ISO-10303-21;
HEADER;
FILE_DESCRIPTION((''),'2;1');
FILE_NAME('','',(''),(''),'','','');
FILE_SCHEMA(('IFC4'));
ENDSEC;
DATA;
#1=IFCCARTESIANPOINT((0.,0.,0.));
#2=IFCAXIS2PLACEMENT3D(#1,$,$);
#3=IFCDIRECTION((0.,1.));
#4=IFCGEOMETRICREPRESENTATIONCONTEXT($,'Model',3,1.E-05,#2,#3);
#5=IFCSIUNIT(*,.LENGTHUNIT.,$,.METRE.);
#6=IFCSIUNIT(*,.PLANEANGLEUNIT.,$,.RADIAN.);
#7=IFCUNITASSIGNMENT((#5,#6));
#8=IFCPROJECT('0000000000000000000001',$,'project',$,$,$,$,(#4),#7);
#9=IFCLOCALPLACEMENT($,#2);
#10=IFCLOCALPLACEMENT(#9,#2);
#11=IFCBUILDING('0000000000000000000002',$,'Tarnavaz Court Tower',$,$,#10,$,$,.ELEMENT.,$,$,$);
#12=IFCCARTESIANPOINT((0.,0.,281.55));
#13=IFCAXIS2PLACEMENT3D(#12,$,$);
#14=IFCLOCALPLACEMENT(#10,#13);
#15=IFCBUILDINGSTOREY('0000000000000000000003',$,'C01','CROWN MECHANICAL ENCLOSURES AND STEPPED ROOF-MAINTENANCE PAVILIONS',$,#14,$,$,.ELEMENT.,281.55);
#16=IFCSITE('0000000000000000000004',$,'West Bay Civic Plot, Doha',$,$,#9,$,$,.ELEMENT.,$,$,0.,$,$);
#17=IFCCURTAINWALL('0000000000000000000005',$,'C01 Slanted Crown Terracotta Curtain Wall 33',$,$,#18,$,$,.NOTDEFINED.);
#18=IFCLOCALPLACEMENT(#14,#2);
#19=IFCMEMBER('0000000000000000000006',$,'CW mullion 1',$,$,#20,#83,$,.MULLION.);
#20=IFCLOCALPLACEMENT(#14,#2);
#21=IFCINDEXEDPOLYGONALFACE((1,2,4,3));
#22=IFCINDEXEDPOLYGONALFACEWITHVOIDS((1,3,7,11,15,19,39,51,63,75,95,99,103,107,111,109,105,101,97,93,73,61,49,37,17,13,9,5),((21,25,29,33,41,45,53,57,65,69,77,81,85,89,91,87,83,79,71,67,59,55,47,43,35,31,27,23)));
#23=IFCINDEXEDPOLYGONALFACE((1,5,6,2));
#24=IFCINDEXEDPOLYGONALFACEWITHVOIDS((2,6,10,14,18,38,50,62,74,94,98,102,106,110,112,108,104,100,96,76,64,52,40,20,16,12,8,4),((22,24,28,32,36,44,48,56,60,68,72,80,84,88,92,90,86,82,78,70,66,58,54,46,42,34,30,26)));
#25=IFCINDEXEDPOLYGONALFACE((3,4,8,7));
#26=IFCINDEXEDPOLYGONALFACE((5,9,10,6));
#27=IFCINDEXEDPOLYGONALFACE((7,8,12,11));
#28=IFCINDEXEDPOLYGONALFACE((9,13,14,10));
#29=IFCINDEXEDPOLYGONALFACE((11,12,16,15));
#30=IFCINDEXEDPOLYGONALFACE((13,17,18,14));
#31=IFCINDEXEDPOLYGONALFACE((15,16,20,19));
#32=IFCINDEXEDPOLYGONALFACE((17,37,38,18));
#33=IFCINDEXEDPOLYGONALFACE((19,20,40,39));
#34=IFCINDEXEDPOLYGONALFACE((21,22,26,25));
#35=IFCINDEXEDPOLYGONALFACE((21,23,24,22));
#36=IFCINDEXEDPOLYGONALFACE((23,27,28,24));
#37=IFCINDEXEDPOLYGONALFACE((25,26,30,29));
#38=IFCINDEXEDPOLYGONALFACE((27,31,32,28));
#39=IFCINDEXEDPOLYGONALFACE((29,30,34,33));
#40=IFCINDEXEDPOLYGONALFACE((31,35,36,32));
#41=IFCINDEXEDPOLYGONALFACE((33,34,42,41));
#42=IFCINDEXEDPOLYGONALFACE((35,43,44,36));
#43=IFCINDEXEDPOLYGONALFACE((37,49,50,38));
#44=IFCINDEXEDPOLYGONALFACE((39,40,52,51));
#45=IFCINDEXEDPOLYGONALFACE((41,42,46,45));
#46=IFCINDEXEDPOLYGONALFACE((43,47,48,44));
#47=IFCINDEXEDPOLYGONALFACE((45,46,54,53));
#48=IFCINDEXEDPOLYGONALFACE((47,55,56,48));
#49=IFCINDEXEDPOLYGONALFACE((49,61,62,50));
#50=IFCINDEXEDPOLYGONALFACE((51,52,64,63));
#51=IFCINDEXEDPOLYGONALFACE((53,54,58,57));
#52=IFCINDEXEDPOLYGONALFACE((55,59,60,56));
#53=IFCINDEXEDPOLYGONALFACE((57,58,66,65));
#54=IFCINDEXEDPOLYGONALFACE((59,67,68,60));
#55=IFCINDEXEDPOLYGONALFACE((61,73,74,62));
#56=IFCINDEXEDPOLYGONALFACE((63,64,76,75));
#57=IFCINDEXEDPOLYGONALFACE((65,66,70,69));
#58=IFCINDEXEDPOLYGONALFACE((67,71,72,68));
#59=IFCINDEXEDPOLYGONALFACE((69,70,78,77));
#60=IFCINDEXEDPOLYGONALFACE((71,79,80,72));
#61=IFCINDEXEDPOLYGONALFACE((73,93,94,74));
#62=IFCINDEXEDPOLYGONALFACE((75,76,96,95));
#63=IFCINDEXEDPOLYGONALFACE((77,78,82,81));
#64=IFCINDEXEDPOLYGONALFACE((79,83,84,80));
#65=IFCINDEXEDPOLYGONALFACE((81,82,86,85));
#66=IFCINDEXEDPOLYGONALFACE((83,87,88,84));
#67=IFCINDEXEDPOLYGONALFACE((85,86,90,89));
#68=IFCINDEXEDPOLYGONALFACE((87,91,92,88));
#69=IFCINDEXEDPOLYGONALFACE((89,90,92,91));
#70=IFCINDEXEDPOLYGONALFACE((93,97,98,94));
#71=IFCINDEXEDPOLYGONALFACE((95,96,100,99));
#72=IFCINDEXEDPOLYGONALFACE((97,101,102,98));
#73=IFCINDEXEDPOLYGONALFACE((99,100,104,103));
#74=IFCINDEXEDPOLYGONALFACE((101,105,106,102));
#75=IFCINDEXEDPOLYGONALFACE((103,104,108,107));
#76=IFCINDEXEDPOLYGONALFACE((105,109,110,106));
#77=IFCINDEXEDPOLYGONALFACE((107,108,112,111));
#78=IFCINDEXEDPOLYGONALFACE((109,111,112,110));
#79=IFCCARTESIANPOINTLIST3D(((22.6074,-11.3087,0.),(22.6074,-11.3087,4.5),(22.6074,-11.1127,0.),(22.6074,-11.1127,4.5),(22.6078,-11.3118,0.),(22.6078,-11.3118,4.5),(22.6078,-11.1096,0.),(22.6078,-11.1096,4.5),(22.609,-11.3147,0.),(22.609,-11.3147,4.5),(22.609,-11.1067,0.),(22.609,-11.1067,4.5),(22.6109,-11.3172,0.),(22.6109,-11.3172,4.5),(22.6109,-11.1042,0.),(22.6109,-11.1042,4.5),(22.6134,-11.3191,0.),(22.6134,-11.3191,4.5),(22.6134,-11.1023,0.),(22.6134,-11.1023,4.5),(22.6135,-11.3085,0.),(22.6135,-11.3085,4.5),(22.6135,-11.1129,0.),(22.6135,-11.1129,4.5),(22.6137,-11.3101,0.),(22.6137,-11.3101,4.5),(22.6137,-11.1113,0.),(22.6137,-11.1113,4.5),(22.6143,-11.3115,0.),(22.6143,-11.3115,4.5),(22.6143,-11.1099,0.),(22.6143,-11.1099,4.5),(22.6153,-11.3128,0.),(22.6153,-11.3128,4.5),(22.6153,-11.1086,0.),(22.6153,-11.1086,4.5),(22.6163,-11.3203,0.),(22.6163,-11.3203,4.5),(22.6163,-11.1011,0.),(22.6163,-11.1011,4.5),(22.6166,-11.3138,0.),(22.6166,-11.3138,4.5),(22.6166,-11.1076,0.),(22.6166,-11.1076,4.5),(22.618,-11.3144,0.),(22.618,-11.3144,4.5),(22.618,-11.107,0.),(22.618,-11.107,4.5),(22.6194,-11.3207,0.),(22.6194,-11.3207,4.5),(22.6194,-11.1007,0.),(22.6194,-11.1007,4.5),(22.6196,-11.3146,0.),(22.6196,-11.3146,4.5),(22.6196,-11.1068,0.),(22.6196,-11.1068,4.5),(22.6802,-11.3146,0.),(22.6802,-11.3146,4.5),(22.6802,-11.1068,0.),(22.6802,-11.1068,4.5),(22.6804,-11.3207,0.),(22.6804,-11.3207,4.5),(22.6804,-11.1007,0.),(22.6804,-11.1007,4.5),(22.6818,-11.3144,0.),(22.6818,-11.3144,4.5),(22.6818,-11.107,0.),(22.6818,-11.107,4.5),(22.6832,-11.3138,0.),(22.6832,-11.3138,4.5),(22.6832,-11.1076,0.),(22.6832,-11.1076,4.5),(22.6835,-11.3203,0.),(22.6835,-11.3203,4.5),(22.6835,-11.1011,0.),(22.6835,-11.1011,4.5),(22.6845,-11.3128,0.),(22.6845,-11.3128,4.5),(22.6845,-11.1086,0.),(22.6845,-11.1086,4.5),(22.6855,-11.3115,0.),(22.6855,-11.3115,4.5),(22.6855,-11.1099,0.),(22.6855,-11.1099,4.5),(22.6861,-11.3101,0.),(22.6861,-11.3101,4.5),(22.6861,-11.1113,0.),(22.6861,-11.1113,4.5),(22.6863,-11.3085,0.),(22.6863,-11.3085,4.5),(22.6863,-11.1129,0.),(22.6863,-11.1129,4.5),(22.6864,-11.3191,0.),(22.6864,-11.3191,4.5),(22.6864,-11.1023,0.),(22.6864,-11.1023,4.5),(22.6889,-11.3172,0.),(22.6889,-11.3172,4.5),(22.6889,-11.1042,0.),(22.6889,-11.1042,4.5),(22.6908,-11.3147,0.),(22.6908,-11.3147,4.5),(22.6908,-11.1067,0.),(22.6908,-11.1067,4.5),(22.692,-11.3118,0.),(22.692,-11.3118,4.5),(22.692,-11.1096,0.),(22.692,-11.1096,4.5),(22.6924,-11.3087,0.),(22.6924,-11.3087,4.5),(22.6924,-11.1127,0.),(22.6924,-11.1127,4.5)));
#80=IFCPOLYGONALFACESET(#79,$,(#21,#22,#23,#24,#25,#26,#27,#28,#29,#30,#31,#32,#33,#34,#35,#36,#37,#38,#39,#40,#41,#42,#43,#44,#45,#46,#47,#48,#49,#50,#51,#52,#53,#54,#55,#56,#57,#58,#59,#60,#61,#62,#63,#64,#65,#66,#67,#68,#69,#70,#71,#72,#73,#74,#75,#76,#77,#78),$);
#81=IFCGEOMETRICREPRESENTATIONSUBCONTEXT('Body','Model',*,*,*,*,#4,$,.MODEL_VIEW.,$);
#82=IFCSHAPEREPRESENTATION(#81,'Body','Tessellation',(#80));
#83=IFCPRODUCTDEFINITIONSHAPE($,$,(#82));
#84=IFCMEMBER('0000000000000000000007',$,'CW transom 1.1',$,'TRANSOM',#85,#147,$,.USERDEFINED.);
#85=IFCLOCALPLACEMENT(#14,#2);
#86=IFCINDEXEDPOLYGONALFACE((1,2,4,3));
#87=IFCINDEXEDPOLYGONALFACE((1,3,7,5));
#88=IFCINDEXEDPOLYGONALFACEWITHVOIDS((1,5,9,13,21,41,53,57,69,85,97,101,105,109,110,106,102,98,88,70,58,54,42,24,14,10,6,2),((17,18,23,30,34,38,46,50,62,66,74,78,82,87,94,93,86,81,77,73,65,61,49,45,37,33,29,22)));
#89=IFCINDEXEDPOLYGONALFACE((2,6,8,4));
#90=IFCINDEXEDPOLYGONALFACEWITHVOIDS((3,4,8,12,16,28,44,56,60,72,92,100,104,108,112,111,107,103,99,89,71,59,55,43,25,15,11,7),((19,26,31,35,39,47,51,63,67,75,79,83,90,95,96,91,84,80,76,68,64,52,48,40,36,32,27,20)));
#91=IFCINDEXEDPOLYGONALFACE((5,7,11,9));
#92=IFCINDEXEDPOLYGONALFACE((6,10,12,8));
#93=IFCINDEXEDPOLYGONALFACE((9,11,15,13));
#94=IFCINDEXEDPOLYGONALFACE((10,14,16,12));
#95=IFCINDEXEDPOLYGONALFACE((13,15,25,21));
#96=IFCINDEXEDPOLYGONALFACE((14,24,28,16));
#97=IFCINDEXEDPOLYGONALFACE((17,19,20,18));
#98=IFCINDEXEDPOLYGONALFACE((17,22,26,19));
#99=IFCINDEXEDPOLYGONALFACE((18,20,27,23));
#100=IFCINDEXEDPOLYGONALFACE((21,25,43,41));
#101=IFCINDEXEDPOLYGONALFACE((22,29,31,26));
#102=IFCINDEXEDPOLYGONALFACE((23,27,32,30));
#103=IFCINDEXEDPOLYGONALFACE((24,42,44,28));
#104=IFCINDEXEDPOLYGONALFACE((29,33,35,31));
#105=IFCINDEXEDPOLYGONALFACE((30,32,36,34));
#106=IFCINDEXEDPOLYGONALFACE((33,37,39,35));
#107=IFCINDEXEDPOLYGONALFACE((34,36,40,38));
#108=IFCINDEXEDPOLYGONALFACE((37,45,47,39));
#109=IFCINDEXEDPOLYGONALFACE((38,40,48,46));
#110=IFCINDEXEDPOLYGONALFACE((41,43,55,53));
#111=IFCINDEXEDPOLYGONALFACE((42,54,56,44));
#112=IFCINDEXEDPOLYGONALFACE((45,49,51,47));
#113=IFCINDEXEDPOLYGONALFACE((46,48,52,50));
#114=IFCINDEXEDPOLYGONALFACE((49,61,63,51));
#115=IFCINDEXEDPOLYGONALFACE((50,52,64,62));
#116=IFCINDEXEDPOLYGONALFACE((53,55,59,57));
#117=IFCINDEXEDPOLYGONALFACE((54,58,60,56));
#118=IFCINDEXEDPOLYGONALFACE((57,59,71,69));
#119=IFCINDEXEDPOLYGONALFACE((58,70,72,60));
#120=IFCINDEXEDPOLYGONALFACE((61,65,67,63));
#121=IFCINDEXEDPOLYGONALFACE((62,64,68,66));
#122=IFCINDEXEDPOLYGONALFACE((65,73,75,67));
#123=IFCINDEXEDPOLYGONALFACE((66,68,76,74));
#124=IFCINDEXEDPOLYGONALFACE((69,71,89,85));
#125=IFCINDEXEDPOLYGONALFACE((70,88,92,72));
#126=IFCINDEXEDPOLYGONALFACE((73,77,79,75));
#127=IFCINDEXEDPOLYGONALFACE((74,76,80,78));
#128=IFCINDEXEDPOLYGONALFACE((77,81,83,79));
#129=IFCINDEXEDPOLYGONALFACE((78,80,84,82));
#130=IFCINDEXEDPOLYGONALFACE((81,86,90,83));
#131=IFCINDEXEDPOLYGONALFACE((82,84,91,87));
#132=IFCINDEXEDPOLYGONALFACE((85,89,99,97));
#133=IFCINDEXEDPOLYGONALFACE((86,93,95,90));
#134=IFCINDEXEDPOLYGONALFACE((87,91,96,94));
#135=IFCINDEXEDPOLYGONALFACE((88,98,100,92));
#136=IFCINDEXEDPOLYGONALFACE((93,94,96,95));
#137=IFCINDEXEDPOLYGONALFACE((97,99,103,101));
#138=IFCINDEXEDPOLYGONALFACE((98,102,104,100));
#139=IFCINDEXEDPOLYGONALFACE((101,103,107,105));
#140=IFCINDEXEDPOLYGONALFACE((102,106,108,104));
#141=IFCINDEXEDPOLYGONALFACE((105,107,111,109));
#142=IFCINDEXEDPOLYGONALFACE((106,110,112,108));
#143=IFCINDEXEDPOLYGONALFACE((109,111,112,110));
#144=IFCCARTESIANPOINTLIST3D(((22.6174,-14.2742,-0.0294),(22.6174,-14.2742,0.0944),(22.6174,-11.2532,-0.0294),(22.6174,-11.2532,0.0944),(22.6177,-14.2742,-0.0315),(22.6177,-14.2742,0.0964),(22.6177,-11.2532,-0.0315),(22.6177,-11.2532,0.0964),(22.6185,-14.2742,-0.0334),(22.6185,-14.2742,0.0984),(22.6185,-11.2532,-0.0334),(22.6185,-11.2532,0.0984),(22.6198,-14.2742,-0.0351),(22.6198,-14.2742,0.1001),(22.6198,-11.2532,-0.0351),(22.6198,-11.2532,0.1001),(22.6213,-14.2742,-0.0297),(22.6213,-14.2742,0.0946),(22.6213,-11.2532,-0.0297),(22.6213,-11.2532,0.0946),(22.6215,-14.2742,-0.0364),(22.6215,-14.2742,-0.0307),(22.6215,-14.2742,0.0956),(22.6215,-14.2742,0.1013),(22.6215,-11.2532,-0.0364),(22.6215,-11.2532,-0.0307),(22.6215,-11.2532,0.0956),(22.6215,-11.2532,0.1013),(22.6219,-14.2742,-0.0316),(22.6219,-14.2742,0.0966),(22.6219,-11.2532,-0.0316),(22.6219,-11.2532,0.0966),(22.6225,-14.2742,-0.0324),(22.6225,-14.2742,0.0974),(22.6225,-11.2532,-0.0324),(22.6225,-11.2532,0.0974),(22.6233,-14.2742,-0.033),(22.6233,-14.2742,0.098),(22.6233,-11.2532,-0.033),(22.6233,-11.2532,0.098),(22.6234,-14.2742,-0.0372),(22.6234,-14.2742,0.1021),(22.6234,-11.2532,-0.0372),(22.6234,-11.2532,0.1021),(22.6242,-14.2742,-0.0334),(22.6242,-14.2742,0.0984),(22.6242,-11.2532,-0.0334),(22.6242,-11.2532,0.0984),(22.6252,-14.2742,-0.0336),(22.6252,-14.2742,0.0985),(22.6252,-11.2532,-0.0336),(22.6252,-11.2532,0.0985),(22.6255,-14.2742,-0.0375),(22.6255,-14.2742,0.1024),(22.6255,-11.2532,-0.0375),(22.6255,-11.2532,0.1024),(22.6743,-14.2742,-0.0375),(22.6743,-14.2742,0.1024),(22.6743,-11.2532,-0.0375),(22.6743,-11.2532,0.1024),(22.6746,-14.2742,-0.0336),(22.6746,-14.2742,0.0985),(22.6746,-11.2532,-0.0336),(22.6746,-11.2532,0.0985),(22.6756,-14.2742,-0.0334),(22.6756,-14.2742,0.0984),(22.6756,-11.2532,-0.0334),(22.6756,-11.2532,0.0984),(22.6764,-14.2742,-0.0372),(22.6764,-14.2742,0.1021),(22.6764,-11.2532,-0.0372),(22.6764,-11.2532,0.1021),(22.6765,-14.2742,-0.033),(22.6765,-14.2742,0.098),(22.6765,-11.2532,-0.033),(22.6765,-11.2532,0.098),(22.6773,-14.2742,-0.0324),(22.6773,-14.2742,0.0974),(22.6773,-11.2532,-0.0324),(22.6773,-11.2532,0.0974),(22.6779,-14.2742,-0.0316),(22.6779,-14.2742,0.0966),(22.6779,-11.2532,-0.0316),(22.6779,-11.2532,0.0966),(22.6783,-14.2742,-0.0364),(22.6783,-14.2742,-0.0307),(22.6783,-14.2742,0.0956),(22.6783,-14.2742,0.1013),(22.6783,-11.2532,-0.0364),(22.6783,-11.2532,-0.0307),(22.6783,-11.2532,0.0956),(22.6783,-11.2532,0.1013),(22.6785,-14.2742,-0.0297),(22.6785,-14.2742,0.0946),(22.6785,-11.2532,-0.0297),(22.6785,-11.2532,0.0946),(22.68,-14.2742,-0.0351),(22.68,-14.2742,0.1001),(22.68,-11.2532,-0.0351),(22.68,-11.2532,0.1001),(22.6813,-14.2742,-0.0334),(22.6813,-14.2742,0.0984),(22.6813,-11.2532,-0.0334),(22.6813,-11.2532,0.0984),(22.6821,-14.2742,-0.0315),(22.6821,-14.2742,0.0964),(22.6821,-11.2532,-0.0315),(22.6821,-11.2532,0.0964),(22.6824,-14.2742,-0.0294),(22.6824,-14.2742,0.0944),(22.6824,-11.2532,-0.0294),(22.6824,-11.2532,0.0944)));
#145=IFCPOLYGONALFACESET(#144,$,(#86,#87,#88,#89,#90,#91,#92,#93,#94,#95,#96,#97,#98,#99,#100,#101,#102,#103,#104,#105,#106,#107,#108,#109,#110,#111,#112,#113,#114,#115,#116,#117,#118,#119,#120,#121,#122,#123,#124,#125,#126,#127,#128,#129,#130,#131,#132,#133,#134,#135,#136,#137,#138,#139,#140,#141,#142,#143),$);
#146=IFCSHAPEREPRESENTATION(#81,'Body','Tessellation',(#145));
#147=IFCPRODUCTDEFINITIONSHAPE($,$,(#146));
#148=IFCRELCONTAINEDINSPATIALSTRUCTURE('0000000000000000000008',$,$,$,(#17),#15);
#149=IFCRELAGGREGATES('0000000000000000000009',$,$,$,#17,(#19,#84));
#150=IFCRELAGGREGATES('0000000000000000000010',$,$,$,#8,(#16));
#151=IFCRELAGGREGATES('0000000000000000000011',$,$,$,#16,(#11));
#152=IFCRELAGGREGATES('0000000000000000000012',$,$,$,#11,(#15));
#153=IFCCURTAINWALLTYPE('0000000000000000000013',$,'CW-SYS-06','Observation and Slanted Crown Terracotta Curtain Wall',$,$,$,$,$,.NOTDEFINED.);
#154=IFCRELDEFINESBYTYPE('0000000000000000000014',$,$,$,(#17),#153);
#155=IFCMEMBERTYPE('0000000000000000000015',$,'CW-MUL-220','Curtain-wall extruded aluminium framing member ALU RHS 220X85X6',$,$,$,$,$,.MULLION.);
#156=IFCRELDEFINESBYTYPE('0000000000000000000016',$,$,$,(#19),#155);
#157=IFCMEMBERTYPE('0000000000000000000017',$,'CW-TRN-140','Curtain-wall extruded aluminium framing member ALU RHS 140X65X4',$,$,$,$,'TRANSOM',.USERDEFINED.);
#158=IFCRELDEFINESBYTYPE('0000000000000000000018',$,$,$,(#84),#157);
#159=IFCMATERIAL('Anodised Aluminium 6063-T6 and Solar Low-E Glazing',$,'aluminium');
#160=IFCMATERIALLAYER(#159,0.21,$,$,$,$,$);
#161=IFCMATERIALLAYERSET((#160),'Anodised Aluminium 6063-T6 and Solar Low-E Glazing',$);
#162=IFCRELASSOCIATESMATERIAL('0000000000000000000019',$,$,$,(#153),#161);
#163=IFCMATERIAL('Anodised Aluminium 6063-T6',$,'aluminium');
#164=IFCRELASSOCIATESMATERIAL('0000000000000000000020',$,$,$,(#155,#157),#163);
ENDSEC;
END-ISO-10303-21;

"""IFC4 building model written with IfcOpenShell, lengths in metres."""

from ifc_helpers import new_model, si_unit, direction, frame, origin, origin_2d, place, context, subcontext, project, spatial, hollow_rectangle, extrude, material, layer, layer_set, material_profile, profile_set, type_object, element, aggregate, save


model = new_model("IFC4")

# Units and contexts
model_context = context("Model", 3, precision=1e-05, world=origin(), true_north=direction((0.0, 1.0)))
body_context = subcontext(model_context, "Body", "Model", "MODEL_VIEW")
ifc_project = project(units=[si_unit("LENGTHUNIT", "METRE"), si_unit("PLANEANGLEUNIT", "RADIAN")], contexts=[model_context])

# Site, building, storey
site_placement = place(None, origin())
site = spatial("IfcSite", under=ifc_project, at=site_placement, Name="West Bay Civic Plot, Doha", CompositionType="ELEMENT", RefElevation=0.0)
building_placement = place(site_placement, origin())
building = spatial("IfcBuilding", under=site, at=building_placement, Name="Tarnavaz Court Tower", CompositionType="ELEMENT")
storey_placement = place(building_placement, frame((0.0, 0.0, 281.55)))
storey = spatial("IfcBuildingStorey", under=building, at=storey_placement, Name="C01", Description="CROWN MECHANICAL ENCLOSURES AND STEPPED ROOF-MAINTENANCE PAVILIONS", CompositionType="ELEMENT", Elevation=281.55)

# Curtain wall, members
ifc_material_1 = material(Name="Anodised Aluminium 6063-T6 and Solar Low-E Glazing", Category="aluminium")
ifc_layer_1 = layer(ifc_material_1, 0.21)
ifc_layer_set_1 = layer_set([ifc_layer_1], Name="Anodised Aluminium 6063-T6 and Solar Low-E Glazing")
curtain_wall_type = type_object("IfcCurtainWallType", Name="CW-SYS-06", Description="Observation and Slanted Crown Terracotta Curtain Wall", PredefinedType="NOTDEFINED", material=ifc_layer_set_1)
curtain_wall_placement = place(storey_placement, origin())
curtain_wall = element("IfcCurtainWall", 1, at=curtain_wall_placement, inside=storey, type_object=curtain_wall_type, Name="C01 Slanted Crown Terracotta Curtain Wall 33", PredefinedType="NOTDEFINED")
ifc_material_2 = material(Name="Anodised Aluminium 6063-T6", Category="aluminium")
ifc_material_profile_1 = material_profile(ifc_material_2, hollow_rectangle(XDim=0.085, YDim=0.22, WallThickness=0.0061, InnerFilletRadius=0.0061, OuterFilletRadius=0.012, at=origin_2d()), Name="ALU RHS 220X85X6")
ifc_profile_set_1 = profile_set([ifc_material_profile_1], Name="Anodised Aluminium 6063-T6")
member_type_1 = type_object("IfcMemberType", Name="CW-MUL-220", Description="Curtain-wall extruded aluminium framing member ALU RHS 220X85X6", PredefinedType="MULLION", material=ifc_profile_set_1)
member_1_placement = place(storey_placement, frame((22.6499, -11.2107, 0.0), z_axis=(0.0, 0.0, 1.0), x_axis=(1.0, 0.0, 0.0)))
member_1 = element("IfcMember", 2, at=member_1_placement, type_object=member_type_1, Name="CW mullion 1", PredefinedType="MULLION", context=body_context, shape_type="SweptSolid", body=[
    extrude(hollow_rectangle(XDim=0.085, YDim=0.22, WallThickness=0.0061, InnerFilletRadius=0.0061, OuterFilletRadius=0.012, at=origin_2d()), origin(), (0.0, 0.0, 1.0), 4.5),
])
ifc_material_profile_2 = material_profile(ifc_material_2, hollow_rectangle(XDim=0.0649, YDim=0.1399, WallThickness=0.0039, InnerFilletRadius=0.0039, OuterFilletRadius=0.0081, at=origin_2d()), Name="ALU RHS 140X65X4")
ifc_profile_set_2 = profile_set([ifc_material_profile_2], Name="Anodised Aluminium 6063-T6")
member_type_2 = type_object("IfcMemberType", Name="CW-TRN-140", Description="Curtain-wall extruded aluminium framing member ALU RHS 140X65X4", ElementType="TRANSOM", PredefinedType="USERDEFINED", material=ifc_profile_set_2)
member_2_placement = place(storey_placement, frame((22.6499, -11.2532, 0.0325), z_axis=(0.0, -1.0, 0.0), x_axis=(1.0, 0.0, 0.0)))
member_2 = element("IfcMember", 3, at=member_2_placement, type_object=member_type_2, Name="CW transom 1.1", ObjectType="TRANSOM", PredefinedType="USERDEFINED", context=body_context, shape_type="SweptSolid", body=[
    extrude(hollow_rectangle(XDim=0.0649, YDim=0.1399, WallThickness=0.0039, InnerFilletRadius=0.0039, OuterFilletRadius=0.0081, at=origin_2d()), origin(), (0.0, 0.0, 1.0), 3.021),
])

aggregate(curtain_wall, [member_1, member_2])

save(model, "model.ifc")
